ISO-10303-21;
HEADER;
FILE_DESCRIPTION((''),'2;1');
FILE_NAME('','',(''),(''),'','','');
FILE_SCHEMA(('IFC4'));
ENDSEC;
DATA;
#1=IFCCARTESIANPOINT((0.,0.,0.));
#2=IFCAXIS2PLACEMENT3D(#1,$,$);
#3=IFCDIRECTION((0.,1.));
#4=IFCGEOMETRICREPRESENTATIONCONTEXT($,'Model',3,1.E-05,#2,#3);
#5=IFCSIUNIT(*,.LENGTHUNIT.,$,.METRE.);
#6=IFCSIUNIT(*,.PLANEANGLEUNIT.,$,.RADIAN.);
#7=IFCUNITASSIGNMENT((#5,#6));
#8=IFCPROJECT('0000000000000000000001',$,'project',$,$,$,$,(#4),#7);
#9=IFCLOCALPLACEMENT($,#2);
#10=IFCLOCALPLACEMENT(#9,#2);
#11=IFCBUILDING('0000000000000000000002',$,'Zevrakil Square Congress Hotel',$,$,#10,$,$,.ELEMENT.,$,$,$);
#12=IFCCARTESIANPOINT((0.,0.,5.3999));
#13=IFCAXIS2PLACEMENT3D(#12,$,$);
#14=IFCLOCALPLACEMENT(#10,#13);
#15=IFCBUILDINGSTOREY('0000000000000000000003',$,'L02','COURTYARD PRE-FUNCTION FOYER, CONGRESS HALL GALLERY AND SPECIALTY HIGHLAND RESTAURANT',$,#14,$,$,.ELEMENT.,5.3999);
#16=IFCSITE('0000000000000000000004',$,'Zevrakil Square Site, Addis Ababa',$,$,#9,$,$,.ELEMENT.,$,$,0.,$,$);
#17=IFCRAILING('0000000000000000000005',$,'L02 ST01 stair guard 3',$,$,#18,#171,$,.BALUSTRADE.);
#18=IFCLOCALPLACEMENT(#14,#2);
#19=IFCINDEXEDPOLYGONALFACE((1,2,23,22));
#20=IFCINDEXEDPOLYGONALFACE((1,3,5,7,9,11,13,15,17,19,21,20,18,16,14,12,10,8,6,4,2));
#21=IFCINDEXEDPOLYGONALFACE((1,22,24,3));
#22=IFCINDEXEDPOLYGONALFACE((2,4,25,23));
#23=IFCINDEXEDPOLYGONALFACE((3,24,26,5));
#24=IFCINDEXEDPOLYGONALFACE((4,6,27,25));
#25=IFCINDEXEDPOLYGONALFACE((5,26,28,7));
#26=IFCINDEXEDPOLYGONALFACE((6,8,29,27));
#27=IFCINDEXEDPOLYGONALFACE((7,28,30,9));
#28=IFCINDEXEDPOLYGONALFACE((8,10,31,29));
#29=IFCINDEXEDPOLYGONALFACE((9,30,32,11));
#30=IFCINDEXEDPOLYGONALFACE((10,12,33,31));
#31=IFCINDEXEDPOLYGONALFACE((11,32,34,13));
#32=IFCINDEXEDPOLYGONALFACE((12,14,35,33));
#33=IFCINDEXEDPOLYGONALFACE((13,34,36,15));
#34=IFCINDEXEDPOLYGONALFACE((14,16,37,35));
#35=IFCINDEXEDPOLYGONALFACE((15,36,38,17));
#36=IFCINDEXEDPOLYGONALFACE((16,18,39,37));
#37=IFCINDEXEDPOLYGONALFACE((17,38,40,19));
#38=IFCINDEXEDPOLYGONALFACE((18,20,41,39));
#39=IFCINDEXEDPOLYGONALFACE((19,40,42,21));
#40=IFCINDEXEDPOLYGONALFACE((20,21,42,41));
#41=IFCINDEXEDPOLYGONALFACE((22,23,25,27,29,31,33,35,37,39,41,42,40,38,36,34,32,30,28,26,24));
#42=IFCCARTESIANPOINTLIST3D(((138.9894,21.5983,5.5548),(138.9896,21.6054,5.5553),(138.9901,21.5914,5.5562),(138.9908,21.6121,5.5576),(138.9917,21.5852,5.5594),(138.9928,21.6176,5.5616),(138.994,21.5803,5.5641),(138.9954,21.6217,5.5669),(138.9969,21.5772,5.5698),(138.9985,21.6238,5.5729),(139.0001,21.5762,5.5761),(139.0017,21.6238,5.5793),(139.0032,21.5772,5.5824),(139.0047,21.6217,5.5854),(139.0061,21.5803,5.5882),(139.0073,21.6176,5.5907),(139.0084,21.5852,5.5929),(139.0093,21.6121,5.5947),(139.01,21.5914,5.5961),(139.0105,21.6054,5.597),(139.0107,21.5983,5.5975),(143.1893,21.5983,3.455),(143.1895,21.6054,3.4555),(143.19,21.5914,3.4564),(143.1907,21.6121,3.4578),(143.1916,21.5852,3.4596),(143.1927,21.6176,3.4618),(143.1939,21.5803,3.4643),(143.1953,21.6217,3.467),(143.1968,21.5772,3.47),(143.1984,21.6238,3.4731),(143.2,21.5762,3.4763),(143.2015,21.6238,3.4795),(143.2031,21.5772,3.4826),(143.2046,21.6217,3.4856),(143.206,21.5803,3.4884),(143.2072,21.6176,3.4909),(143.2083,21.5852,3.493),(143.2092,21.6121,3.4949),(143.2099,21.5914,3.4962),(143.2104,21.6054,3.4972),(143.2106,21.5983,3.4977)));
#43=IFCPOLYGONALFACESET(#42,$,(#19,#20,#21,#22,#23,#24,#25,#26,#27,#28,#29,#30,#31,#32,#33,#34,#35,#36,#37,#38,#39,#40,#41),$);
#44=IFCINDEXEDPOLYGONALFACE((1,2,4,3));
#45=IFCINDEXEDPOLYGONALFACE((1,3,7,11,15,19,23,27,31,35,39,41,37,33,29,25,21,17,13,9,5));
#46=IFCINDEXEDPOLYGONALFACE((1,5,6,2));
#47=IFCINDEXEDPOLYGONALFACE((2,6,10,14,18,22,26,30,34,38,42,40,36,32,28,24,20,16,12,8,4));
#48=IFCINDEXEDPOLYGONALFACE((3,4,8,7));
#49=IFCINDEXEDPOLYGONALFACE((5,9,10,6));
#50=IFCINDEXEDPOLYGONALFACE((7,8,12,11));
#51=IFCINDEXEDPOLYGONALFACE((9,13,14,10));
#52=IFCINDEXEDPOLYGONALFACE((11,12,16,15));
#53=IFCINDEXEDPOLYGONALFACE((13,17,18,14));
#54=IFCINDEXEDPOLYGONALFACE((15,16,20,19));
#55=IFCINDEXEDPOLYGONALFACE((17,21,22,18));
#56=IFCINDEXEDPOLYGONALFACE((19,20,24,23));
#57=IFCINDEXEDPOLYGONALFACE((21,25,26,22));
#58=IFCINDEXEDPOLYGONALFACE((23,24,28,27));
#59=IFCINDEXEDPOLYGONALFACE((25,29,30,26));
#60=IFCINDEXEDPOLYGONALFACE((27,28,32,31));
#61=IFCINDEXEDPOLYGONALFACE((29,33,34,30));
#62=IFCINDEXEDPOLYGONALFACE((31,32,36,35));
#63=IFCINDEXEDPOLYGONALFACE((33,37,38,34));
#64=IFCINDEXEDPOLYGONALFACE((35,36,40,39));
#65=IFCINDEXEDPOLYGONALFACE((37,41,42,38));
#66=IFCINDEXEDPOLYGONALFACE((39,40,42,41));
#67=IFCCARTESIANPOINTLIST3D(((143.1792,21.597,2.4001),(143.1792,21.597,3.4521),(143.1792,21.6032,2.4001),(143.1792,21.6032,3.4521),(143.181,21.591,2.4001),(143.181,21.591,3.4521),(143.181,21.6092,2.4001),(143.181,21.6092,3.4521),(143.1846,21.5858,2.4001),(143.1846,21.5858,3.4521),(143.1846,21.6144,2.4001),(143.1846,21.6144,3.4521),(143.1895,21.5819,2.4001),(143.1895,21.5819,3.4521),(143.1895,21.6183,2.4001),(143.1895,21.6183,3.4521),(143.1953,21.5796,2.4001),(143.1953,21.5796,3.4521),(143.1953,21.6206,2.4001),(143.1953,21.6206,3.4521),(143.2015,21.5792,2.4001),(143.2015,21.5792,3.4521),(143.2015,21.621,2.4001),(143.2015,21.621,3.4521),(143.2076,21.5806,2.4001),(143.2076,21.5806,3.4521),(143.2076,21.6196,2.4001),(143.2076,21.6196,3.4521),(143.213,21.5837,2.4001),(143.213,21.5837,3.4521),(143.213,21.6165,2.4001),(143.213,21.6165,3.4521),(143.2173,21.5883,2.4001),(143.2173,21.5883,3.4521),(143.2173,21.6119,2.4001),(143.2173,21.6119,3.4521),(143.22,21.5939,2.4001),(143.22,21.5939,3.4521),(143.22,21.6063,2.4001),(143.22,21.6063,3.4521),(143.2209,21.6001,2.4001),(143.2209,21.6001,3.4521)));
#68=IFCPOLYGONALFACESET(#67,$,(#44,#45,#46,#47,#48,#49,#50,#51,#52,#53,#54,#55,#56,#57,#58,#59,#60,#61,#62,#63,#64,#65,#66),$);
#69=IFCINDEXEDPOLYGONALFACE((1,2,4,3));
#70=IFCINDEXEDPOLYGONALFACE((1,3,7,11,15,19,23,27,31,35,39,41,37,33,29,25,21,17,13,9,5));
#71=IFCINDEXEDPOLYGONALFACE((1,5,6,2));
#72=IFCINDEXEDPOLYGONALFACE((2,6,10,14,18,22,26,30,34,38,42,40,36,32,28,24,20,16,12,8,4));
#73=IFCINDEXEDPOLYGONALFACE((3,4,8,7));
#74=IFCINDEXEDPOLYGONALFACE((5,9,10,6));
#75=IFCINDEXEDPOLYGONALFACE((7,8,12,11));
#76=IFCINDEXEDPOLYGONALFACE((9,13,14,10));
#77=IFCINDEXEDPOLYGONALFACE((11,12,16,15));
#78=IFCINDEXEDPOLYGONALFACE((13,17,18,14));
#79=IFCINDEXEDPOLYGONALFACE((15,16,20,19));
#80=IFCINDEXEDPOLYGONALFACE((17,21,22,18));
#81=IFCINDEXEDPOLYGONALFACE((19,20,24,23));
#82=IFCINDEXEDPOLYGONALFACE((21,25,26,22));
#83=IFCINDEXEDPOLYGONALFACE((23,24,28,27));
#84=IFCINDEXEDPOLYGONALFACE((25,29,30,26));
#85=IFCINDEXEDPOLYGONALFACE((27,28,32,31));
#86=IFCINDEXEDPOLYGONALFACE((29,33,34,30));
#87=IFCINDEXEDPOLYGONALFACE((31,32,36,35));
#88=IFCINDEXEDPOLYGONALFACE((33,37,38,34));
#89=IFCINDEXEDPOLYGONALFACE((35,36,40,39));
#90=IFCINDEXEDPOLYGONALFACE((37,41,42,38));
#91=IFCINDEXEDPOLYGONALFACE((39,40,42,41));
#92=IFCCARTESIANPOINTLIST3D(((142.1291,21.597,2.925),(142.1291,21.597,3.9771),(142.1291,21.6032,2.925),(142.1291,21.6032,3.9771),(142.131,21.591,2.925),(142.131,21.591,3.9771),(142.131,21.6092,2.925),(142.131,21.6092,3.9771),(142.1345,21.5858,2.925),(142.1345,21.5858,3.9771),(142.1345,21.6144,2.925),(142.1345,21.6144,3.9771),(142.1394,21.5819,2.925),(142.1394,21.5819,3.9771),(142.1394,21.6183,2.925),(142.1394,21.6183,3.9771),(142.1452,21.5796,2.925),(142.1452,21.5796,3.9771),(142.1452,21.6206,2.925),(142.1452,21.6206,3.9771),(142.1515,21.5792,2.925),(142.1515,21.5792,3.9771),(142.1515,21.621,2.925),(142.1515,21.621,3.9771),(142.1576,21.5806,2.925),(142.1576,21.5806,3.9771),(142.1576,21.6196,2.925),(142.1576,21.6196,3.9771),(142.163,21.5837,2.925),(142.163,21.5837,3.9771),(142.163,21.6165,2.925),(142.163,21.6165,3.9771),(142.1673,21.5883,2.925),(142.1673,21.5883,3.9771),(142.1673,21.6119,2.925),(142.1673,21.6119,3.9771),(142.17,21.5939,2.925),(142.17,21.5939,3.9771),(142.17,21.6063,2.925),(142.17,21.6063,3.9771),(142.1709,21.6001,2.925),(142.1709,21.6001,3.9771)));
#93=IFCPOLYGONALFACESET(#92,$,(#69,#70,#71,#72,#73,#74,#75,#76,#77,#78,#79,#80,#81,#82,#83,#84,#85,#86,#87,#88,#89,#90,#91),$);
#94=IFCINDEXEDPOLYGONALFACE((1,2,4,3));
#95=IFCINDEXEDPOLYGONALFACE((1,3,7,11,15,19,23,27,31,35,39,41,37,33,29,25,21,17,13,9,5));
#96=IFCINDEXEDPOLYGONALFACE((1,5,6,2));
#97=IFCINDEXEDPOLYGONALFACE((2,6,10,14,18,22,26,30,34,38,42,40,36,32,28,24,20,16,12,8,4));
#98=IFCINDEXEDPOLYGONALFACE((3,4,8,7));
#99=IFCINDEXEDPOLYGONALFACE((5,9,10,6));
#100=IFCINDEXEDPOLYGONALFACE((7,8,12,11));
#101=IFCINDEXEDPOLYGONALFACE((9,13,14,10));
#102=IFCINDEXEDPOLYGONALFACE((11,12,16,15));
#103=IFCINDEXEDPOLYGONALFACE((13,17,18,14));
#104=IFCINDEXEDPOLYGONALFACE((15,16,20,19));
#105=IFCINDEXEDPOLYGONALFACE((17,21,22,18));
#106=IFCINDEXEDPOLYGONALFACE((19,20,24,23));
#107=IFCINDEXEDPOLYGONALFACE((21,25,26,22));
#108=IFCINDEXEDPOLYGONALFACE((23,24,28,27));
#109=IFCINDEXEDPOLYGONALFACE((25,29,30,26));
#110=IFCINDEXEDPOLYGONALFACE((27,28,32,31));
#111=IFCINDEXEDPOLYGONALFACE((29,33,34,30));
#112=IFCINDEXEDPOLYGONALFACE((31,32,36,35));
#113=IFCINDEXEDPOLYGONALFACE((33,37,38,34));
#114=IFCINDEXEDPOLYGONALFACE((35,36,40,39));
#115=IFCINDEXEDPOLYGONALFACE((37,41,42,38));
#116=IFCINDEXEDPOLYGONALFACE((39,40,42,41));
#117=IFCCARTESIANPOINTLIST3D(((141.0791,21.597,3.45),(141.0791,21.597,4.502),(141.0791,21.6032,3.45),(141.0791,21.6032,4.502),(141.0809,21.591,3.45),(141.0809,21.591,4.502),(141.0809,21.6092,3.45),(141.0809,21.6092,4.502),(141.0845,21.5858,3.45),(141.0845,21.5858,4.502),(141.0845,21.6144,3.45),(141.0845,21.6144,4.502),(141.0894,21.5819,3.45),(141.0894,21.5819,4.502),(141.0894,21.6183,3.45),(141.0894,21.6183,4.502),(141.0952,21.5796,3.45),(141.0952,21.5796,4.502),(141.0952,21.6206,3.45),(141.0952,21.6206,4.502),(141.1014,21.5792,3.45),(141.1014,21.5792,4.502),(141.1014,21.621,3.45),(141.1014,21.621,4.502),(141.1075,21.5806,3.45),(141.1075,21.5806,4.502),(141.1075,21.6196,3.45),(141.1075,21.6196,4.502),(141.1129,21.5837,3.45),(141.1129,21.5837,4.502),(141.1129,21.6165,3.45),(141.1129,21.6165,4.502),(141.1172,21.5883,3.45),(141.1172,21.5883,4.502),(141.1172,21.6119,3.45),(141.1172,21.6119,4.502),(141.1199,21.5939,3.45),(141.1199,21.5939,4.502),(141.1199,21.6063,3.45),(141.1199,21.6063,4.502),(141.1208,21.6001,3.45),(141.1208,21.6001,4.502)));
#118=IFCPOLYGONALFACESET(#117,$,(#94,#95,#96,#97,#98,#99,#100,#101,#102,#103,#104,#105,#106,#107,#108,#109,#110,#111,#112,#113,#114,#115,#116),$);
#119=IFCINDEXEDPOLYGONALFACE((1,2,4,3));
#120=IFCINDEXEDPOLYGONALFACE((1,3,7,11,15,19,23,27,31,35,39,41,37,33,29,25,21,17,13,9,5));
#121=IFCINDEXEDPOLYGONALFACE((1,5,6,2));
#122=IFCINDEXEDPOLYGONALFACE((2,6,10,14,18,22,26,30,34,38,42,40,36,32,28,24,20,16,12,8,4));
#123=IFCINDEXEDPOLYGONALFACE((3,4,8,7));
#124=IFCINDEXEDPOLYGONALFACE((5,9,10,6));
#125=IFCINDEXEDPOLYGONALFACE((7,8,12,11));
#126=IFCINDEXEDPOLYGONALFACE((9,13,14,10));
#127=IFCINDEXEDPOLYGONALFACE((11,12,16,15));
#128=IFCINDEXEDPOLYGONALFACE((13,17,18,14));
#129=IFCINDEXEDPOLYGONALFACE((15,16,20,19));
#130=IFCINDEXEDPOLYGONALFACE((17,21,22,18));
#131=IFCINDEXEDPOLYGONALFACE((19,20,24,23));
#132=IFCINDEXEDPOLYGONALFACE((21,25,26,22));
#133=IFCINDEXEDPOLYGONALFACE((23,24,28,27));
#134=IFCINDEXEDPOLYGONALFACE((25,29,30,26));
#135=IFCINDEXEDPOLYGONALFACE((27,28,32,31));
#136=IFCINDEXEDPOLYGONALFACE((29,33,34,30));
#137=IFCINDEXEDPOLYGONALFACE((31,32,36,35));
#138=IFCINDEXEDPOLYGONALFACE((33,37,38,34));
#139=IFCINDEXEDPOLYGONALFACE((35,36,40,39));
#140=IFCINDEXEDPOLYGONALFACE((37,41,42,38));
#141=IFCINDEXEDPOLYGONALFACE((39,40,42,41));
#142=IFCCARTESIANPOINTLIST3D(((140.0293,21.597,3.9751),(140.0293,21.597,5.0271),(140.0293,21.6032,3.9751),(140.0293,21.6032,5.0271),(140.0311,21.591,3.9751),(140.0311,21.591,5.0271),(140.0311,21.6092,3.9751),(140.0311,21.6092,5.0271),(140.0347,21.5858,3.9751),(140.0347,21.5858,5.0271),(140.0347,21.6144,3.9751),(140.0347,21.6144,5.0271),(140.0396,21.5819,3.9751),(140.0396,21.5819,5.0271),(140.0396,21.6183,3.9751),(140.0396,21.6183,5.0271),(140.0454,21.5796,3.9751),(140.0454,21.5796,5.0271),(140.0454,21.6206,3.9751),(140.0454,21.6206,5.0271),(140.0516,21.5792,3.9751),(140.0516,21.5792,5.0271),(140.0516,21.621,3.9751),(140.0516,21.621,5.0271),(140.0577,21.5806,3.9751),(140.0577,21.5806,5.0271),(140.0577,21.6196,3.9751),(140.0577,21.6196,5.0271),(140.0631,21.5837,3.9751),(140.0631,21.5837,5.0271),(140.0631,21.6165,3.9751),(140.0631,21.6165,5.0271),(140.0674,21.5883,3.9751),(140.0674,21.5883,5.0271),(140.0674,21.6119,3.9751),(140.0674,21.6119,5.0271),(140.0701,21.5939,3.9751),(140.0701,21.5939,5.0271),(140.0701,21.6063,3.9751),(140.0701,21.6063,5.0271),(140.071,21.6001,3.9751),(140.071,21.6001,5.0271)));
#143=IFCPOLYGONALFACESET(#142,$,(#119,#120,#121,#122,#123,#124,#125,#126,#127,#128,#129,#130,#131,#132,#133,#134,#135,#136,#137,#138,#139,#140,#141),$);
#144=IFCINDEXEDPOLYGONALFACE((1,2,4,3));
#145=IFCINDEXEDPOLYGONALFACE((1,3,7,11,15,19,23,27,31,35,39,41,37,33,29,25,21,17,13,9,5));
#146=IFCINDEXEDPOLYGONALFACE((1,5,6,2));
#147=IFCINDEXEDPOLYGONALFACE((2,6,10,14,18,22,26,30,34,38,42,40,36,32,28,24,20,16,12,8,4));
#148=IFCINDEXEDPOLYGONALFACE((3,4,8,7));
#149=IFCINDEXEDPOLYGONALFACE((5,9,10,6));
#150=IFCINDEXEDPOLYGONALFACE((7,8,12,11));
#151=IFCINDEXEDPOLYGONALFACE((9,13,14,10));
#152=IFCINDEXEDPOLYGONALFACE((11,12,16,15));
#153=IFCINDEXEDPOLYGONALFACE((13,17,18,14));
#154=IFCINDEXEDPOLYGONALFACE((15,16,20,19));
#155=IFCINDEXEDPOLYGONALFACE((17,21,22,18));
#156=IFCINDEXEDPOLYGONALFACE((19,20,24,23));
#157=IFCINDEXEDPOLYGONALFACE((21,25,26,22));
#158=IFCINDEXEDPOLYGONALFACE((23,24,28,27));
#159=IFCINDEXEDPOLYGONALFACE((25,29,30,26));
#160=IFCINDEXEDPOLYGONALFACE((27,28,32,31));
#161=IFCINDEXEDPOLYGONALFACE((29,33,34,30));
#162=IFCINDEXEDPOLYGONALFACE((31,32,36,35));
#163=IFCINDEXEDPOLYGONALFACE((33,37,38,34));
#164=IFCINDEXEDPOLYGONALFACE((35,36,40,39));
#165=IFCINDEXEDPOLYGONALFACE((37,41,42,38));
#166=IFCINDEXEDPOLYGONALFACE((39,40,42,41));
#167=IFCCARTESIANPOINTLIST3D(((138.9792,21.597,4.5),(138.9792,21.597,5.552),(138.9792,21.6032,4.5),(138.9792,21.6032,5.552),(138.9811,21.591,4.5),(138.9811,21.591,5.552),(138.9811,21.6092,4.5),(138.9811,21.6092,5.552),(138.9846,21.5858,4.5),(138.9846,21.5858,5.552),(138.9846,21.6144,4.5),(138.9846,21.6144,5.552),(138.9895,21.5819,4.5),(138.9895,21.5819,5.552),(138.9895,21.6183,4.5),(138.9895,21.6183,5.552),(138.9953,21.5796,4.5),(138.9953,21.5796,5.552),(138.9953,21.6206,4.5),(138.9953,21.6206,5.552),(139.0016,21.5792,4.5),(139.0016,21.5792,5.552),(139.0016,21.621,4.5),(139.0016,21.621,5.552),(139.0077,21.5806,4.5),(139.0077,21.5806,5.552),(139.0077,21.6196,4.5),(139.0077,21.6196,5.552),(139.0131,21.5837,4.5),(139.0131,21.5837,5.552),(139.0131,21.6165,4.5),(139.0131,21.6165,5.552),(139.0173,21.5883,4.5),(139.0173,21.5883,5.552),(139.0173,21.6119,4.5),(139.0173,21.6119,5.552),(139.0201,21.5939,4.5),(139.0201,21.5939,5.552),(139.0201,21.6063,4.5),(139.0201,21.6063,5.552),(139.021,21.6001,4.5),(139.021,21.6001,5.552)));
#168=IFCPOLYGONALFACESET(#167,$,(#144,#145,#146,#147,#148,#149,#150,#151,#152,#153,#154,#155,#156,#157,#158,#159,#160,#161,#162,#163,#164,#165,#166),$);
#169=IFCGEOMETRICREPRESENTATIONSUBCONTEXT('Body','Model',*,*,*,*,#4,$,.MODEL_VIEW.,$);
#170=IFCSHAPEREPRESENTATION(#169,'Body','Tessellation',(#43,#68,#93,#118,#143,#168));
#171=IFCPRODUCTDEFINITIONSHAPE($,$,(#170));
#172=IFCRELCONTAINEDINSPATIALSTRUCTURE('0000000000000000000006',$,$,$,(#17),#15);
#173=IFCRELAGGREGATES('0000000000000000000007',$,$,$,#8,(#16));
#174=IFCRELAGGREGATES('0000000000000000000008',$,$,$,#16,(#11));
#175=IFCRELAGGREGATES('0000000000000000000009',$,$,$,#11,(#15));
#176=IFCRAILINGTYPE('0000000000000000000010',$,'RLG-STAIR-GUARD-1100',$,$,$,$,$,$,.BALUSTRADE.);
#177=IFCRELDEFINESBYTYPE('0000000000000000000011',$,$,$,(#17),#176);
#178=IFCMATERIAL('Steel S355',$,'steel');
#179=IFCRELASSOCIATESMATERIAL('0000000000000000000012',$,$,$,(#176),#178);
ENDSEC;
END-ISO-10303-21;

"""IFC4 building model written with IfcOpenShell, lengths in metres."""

from ifc_helpers import new_model, si_unit, direction, frame, origin, origin_2d, place, context, subcontext, project, spatial, circle, extrude, material, type_object, element, save


model = new_model("IFC4")

# Units and contexts
model_context = context("Model", 3, precision=1e-05, world=origin(), true_north=direction((0.0, 1.0)))
body_context = subcontext(model_context, "Body", "Model", "MODEL_VIEW")
ifc_project = project(units=[si_unit("LENGTHUNIT", "METRE"), si_unit("PLANEANGLEUNIT", "RADIAN")], contexts=[model_context])

# Site, building, storey
site_placement = place(None, origin())
site = spatial("IfcSite", under=ifc_project, at=site_placement, Name="Zevrakil Square Site, Addis Ababa", CompositionType="ELEMENT", RefElevation=0.0)
building_placement = place(site_placement, origin())
building = spatial("IfcBuilding", under=site, at=building_placement, Name="Zevrakil Square Congress Hotel", CompositionType="ELEMENT")
storey_placement = place(building_placement, frame((0.0, 0.0, 5.3999)))
storey = spatial("IfcBuildingStorey", under=building, at=storey_placement, Name="L02", Description="COURTYARD PRE-FUNCTION FOYER, CONGRESS HALL GALLERY AND SPECIALTY HIGHLAND RESTAURANT", CompositionType="ELEMENT", Elevation=5.3999)

# Railing
ifc_material_1 = material(Name="Steel S355", Category="steel")
railing_type_1 = type_object("IfcRailingType", Name="RLG-STAIR-GUARD-1100", PredefinedType="BALUSTRADE", material=ifc_material_1)
railing_1_placement = place(storey_placement, frame((143.2, 21.6001, 2.4001)))
element("IfcRailing", 1, at=railing_1_placement, inside=storey, type_object=railing_type_1, Name="L02 ST01 stair guard 3", PredefinedType="BALUSTRADE", context=body_context, shape_type="SweptSolid", body=[
    extrude(circle(Radius=0.0239, at=origin_2d()), frame((0.0, 0.0, 1.0762), z_axis=(-0.894438, 0.0, 0.447193), x_axis=(0.0, -1.0, 0.0)), (0.0, 0.0, 1.0), 4.6956),
    extrude(circle(Radius=0.021, at=origin_2d()), origin(), (0.0, 0.0, 1.0), 1.052),
    extrude(circle(Radius=0.021, at=origin_2d()), frame((-1.05, 0.0, 0.5249)), (0.0, 0.0, 1.0), 1.052),
    extrude(circle(Radius=0.021, at=origin_2d()), frame((-2.1001, 0.0, 1.0498)), (0.0, 0.0, 1.0), 1.052),
    extrude(circle(Radius=0.021, at=origin_2d()), frame((-3.1499, 0.0, 1.575)), (0.0, 0.0, 1.0), 1.052),
    extrude(circle(Radius=0.021, at=origin_2d()), frame((-4.2, 0.0, 2.0999)), (0.0, 0.0, 1.0), 1.052),
])

save(model, "model.ifc")
